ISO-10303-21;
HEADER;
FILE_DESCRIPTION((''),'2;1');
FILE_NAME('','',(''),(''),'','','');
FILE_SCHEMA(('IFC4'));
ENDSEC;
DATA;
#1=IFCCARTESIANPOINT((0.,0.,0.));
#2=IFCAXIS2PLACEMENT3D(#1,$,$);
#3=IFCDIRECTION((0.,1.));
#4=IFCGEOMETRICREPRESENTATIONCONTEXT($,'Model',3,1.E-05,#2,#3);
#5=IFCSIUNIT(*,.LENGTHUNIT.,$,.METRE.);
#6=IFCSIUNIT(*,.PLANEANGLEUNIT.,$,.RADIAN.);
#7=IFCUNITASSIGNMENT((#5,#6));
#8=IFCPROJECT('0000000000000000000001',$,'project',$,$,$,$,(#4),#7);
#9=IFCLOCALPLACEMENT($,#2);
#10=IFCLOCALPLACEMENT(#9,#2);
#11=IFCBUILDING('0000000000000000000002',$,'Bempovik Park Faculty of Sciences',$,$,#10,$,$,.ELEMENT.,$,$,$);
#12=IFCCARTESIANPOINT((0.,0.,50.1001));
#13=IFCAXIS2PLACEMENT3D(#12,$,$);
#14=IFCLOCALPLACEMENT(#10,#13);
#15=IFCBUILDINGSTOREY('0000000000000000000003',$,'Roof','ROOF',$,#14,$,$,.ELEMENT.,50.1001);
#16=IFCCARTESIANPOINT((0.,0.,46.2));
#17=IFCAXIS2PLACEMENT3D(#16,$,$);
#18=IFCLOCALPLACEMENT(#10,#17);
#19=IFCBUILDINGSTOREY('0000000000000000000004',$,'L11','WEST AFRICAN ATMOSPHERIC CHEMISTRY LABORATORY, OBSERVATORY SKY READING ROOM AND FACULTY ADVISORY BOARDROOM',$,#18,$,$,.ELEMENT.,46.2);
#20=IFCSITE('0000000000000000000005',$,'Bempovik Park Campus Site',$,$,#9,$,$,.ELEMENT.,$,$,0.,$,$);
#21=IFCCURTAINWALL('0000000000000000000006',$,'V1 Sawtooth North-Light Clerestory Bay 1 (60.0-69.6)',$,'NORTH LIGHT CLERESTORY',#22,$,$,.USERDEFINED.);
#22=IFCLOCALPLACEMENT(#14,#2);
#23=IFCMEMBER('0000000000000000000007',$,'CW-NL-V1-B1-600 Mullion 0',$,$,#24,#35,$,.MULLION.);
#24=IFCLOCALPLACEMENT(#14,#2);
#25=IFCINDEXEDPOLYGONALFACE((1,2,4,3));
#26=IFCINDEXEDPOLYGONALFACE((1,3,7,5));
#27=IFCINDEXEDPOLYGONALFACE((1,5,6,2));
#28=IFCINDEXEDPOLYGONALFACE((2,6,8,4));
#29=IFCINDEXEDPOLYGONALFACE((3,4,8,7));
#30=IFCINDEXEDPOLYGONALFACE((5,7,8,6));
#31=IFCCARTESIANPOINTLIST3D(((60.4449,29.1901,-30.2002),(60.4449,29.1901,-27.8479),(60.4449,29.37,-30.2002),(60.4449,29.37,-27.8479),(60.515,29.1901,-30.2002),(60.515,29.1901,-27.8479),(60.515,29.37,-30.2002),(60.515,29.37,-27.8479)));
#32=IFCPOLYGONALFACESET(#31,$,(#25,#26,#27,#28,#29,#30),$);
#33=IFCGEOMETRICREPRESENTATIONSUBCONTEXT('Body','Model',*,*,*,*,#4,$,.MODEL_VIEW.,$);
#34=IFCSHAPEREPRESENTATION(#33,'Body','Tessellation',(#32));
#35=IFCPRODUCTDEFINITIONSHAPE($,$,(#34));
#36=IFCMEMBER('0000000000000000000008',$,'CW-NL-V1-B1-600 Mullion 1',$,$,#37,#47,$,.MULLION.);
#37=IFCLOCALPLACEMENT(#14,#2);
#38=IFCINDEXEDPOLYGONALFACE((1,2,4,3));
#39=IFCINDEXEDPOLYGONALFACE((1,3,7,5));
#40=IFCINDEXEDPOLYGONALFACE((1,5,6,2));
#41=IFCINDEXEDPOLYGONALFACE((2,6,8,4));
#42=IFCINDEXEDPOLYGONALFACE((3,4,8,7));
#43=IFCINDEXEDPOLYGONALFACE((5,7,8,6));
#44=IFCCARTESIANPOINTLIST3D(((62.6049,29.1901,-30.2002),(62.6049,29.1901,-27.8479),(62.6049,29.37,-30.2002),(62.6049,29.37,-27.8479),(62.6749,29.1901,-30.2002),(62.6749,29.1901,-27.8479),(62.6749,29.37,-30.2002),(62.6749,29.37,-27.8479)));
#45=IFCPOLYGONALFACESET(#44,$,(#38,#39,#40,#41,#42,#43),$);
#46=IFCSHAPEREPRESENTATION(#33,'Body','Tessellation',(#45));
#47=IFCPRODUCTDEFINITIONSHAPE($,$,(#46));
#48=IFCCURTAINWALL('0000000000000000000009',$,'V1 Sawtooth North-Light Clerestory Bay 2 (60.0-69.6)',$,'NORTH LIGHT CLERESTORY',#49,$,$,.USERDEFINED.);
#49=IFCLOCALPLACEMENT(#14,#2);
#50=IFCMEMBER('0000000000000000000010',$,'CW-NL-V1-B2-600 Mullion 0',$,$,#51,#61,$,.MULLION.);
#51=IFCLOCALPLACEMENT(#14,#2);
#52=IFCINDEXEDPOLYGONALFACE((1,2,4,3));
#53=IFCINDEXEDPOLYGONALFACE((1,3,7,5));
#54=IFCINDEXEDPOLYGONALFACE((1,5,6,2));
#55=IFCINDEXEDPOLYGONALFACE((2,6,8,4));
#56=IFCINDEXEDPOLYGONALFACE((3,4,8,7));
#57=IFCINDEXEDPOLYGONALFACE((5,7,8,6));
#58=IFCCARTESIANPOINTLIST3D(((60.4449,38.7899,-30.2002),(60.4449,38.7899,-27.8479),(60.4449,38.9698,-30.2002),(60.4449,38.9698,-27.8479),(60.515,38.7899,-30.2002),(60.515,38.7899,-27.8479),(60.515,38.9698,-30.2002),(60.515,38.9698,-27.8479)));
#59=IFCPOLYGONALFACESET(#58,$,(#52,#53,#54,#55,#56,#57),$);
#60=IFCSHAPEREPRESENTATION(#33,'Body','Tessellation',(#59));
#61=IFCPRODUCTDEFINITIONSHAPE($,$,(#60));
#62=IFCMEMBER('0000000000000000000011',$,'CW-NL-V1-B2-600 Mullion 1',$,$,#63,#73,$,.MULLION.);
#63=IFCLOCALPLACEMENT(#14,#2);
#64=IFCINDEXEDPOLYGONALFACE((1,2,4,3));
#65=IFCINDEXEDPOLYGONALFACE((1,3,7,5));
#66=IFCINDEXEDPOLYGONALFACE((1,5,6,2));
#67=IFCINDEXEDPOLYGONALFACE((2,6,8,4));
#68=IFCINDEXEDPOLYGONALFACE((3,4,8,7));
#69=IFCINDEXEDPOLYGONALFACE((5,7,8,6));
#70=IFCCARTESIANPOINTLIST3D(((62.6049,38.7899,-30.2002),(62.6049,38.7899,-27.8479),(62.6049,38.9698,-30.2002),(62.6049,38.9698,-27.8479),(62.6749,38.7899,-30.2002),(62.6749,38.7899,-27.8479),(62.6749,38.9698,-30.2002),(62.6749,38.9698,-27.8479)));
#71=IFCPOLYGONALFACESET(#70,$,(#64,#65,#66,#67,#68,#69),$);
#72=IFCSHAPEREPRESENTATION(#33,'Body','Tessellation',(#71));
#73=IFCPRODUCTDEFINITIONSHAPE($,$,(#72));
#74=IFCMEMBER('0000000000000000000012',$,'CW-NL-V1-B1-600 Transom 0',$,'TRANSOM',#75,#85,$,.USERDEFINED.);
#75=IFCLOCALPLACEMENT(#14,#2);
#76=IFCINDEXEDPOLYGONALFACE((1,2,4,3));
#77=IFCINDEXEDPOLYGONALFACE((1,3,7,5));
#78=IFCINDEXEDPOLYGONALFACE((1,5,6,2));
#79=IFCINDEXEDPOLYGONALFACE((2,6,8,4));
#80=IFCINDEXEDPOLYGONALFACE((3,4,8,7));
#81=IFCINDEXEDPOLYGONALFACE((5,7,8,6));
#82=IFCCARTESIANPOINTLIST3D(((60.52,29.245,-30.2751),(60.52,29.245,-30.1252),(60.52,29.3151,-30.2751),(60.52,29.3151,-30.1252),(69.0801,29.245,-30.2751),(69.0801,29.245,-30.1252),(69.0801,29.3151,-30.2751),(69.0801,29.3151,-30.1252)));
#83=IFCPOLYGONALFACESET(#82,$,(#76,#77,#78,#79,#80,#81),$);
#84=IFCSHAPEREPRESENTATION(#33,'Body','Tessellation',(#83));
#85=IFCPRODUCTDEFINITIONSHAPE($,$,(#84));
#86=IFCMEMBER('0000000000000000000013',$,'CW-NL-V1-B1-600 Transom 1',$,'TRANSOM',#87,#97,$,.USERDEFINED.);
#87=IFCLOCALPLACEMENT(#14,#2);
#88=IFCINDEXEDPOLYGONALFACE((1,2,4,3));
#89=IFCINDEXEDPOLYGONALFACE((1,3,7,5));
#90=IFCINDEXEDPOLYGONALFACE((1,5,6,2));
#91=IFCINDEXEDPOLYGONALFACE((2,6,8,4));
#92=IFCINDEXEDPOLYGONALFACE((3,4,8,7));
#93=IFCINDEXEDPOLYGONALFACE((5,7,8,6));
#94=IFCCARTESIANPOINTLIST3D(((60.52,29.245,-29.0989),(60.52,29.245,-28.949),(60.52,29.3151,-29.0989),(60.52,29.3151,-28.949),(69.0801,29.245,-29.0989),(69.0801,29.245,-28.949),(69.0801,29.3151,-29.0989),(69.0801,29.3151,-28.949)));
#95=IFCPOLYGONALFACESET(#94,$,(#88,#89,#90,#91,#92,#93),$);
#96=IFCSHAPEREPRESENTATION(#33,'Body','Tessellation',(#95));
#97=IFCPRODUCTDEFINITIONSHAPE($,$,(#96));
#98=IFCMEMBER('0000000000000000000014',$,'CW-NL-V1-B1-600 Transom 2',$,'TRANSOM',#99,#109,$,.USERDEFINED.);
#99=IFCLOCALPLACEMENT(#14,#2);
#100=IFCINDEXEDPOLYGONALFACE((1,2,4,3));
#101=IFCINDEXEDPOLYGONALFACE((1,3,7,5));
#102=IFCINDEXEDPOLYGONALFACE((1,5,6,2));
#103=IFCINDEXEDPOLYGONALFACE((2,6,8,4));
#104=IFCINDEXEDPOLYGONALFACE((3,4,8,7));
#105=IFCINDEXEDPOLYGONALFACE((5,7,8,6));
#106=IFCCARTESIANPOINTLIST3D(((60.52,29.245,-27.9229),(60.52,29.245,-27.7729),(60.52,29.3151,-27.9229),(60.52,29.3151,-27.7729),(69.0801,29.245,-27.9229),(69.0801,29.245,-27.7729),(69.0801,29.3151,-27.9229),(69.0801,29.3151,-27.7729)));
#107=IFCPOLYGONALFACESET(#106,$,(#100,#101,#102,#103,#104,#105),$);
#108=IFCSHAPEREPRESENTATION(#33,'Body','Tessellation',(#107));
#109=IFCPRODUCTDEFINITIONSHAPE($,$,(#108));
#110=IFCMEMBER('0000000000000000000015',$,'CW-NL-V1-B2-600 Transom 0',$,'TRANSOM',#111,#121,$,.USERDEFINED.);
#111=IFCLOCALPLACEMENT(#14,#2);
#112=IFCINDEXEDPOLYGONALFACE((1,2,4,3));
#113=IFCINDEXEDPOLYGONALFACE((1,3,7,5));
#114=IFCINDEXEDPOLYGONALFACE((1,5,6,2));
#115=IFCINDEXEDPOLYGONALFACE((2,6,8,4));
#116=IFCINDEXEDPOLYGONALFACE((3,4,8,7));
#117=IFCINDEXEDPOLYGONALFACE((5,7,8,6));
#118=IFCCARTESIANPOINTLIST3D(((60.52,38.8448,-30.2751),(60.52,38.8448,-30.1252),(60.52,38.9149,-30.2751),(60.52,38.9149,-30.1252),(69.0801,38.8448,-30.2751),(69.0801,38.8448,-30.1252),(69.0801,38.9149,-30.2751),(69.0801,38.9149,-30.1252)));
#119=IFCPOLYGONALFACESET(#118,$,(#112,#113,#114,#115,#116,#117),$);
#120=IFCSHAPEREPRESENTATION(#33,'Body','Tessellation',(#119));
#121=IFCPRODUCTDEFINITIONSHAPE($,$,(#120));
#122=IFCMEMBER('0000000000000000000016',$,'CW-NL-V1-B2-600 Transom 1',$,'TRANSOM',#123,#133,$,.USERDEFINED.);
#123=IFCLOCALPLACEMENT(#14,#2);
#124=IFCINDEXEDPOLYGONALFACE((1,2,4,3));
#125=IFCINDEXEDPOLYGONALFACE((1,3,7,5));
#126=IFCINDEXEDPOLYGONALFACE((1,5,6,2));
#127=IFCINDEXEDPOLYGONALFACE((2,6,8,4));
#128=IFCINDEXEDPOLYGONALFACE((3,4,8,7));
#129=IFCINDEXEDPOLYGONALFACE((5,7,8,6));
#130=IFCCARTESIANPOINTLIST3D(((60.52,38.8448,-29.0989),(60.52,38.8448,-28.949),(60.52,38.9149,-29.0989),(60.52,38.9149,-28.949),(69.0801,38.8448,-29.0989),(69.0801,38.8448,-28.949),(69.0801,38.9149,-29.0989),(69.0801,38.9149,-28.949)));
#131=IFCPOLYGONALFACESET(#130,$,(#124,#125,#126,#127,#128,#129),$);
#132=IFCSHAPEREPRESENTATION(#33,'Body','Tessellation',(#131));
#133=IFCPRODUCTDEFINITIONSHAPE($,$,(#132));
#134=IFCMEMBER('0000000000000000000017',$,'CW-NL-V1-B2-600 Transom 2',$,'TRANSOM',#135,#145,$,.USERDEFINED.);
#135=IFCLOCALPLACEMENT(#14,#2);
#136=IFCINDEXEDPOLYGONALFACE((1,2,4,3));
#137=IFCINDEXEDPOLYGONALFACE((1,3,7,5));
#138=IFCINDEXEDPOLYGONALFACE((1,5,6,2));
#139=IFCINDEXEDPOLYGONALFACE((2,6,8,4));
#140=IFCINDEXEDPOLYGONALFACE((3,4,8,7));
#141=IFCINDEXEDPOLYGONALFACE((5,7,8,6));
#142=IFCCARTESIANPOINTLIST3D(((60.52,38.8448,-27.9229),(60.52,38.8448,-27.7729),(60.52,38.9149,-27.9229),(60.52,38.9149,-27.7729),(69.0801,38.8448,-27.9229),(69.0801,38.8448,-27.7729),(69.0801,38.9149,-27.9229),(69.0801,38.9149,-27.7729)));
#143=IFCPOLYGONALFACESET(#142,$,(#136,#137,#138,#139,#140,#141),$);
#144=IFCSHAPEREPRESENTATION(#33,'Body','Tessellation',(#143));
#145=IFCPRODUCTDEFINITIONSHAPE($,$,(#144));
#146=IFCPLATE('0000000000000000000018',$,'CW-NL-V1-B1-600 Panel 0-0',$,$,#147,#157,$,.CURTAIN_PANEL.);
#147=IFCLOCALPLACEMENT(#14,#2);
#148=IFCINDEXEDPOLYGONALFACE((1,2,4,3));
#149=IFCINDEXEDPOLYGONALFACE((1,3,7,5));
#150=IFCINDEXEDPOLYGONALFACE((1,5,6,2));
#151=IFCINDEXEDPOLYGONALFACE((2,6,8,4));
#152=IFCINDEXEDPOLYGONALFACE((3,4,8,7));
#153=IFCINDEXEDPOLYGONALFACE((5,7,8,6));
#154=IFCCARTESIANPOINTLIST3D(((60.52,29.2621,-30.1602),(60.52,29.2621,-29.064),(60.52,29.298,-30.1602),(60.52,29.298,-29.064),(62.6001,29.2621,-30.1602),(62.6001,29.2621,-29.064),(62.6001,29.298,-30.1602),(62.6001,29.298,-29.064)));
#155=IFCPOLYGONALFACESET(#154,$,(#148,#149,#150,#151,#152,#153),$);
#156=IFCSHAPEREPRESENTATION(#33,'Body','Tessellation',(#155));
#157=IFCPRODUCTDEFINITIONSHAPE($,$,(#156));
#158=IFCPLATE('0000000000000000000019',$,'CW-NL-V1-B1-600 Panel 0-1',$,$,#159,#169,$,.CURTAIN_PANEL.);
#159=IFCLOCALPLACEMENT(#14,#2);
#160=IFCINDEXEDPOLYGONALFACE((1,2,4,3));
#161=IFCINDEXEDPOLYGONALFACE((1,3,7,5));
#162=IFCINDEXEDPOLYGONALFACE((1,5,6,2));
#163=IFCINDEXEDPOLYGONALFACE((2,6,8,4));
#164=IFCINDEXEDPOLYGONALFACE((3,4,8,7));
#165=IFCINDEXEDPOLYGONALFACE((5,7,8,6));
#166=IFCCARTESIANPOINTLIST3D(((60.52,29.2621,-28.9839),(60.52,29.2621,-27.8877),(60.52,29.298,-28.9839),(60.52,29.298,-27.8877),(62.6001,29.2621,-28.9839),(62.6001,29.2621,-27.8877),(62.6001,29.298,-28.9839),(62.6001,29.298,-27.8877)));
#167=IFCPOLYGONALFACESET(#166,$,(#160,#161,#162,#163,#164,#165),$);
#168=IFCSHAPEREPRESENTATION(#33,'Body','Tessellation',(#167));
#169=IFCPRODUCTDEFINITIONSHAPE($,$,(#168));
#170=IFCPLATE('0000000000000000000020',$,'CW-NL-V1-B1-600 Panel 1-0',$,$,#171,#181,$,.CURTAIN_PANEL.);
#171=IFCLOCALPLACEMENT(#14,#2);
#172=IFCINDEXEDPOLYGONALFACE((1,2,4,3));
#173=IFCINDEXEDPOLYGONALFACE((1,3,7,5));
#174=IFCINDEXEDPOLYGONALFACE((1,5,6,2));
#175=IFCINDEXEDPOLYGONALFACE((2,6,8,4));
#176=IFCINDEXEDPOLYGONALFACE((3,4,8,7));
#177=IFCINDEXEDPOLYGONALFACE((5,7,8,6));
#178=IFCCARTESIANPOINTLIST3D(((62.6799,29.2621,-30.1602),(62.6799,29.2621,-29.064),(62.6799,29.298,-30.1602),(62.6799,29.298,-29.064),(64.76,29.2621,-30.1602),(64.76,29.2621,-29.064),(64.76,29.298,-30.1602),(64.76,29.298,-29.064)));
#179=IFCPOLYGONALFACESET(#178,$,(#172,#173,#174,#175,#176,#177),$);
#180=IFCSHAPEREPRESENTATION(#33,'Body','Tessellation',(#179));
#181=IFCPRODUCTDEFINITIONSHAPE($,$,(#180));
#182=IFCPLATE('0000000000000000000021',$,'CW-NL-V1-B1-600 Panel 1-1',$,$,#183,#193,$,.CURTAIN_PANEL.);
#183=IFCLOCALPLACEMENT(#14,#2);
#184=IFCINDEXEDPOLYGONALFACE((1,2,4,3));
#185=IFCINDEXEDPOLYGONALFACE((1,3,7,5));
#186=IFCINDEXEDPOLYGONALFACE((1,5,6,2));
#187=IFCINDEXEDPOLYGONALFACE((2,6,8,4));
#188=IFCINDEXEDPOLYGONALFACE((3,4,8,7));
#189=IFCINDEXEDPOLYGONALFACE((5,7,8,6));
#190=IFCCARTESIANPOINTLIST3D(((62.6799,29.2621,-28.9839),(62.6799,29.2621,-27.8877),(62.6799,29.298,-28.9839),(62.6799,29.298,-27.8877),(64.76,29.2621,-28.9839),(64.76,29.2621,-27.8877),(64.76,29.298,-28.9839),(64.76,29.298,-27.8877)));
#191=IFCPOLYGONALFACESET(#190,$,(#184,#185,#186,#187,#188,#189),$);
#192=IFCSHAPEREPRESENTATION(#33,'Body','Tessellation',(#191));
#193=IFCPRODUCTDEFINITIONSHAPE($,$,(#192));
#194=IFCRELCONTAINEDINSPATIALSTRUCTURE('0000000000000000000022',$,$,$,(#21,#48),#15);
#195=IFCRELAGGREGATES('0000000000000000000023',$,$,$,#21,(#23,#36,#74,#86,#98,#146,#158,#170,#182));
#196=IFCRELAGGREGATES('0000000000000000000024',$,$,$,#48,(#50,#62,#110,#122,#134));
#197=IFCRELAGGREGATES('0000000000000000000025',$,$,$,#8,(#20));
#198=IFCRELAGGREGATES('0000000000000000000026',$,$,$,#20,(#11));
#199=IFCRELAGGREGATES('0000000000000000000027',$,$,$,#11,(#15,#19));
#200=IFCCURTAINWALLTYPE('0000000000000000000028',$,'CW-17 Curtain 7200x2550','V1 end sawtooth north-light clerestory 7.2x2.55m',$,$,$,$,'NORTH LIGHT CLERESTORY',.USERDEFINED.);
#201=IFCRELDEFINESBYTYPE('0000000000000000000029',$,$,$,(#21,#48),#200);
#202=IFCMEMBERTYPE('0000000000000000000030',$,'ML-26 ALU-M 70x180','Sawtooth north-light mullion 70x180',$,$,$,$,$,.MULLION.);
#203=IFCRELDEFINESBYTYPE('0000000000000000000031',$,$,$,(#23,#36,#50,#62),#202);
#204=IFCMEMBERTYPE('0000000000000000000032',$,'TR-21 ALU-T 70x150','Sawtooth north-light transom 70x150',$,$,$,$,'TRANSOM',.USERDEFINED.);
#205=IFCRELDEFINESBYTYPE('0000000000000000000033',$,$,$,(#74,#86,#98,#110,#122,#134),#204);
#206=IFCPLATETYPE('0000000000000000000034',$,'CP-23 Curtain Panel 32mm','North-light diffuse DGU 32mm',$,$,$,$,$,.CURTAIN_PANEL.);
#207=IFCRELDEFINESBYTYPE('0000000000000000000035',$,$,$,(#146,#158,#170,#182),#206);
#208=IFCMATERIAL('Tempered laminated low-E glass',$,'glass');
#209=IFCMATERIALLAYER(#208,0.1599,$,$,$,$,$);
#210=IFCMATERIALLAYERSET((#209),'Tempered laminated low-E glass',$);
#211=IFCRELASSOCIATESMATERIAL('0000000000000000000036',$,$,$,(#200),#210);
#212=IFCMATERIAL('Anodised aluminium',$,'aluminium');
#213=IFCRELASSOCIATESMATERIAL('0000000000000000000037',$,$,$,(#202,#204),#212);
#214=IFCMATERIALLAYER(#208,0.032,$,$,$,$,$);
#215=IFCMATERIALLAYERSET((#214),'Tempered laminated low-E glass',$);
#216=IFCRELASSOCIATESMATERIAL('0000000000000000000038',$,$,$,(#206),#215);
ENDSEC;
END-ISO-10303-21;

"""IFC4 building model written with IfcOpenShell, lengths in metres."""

from ifc_helpers import new_model, si_unit, direction, frame, origin, origin_2d, place, context, subcontext, project, spatial, rectangle, extrude, material, layer, layer_set, material_profile, profile_set, type_object, element, aggregate, save


model = new_model("IFC4")

# Units and contexts
model_context = context("Model", 3, precision=1e-05, world=origin(), true_north=direction((0.0, 1.0)))
body_context = subcontext(model_context, "Body", "Model", "MODEL_VIEW")
ifc_project = project(units=[si_unit("LENGTHUNIT", "METRE"), si_unit("PLANEANGLEUNIT", "RADIAN")], contexts=[model_context])

# Site, building, storey
site_placement = place(None, origin())
site = spatial("IfcSite", under=ifc_project, at=site_placement, Name="Bempovik Park Campus Site", CompositionType="ELEMENT", RefElevation=0.0)
building_placement = place(site_placement, origin())
building = spatial("IfcBuilding", under=site, at=building_placement, Name="Bempovik Park Faculty of Sciences", CompositionType="ELEMENT")
storey_1_placement = place(building_placement, frame((0.0, 0.0, 50.1001)))
storey_1 = spatial("IfcBuildingStorey", under=building, at=storey_1_placement, Name="Roof", Description="ROOF", CompositionType="ELEMENT", Elevation=50.1001)

# Curtain walls, members
ifc_material_1 = material(Name="Tempered laminated low-E glass", Category="glass")
ifc_layer_1 = layer(ifc_material_1, 0.1599)
ifc_layer_set_1 = layer_set([ifc_layer_1], Name="Tempered laminated low-E glass")
curtain_wall_type = type_object("IfcCurtainWallType", Name="CW-17 Curtain 7200x2550", Description="V1 end sawtooth north-light clerestory 7.2x2.55m", ElementType="NORTH LIGHT CLERESTORY", PredefinedType="USERDEFINED", material=ifc_layer_set_1)
curtain_wall_1_placement = place(storey_1_placement, origin())
curtain_wall_1 = element("IfcCurtainWall", 1, at=curtain_wall_1_placement, inside=storey_1, type_object=curtain_wall_type, Name="V1 Sawtooth North-Light Clerestory Bay 1 (60.0-69.6)", ObjectType="NORTH LIGHT CLERESTORY", PredefinedType="USERDEFINED")
ifc_material_2 = material(Name="Anodised aluminium", Category="aluminium")
ifc_material_profile_1 = material_profile(ifc_material_2, rectangle(XDim=0.0701, YDim=0.1799, at=origin_2d()), Name="ALU-M 70x180")
ifc_profile_set_1 = profile_set([ifc_material_profile_1], Name="Anodised aluminium")
member_type_1 = type_object("IfcMemberType", Name="ML-26 ALU-M 70x180", Description="Sawtooth north-light mullion 70x180", PredefinedType="MULLION", material=ifc_profile_set_1)
member_1_placement = place(storey_1_placement, frame((60.48, 29.28, -30.2002), z_axis=(0.0, 0.0, 1.0), x_axis=(1.0, 0.0, 0.0)))
member_1 = element("IfcMember", 2, at=member_1_placement, type_object=member_type_1, Name="CW-NL-V1-B1-600 Mullion 0", PredefinedType="MULLION", context=body_context, shape_type="SweptSolid", body=[
    extrude(rectangle(XDim=0.0701, YDim=0.1799, at=origin_2d()), origin(), (0.0, 0.0, 1.0), 2.3523),
])
member_2_placement = place(storey_1_placement, frame((62.6399, 29.28, -30.2002), z_axis=(0.0, 0.0, 1.0), x_axis=(1.0, 0.0, 0.0)))
member_2 = element("IfcMember", 3, at=member_2_placement, type_object=member_type_1, Name="CW-NL-V1-B1-600 Mullion 1", PredefinedType="MULLION", context=body_context, shape_type="SweptSolid", body=[
    extrude(rectangle(XDim=0.0701, YDim=0.1799, at=origin_2d()), origin(), (0.0, 0.0, 1.0), 2.3523),
])
curtain_wall_2_placement = place(storey_1_placement, origin())
curtain_wall_2 = element("IfcCurtainWall", 4, at=curtain_wall_2_placement, inside=storey_1, type_object=curtain_wall_type, Name="V1 Sawtooth North-Light Clerestory Bay 2 (60.0-69.6)", ObjectType="NORTH LIGHT CLERESTORY", PredefinedType="USERDEFINED")
member_3_placement = place(storey_1_placement, frame((60.48, 38.8799, -30.2002), z_axis=(0.0, 0.0, 1.0), x_axis=(1.0, 0.0, 0.0)))
member_3 = element("IfcMember", 5, at=member_3_placement, type_object=member_type_1, Name="CW-NL-V1-B2-600 Mullion 0", PredefinedType="MULLION", context=body_context, shape_type="SweptSolid", body=[
    extrude(rectangle(XDim=0.0701, YDim=0.1799, at=origin_2d()), origin(), (0.0, 0.0, 1.0), 2.3523),
])
member_4_placement = place(storey_1_placement, frame((62.6399, 38.8799, -30.2002), z_axis=(0.0, 0.0, 1.0), x_axis=(1.0, 0.0, 0.0)))
member_4 = element("IfcMember", 6, at=member_4_placement, type_object=member_type_1, Name="CW-NL-V1-B2-600 Mullion 1", PredefinedType="MULLION", context=body_context, shape_type="SweptSolid", body=[
    extrude(rectangle(XDim=0.0701, YDim=0.1799, at=origin_2d()), origin(), (0.0, 0.0, 1.0), 2.3523),
])

# Members
ifc_material_profile_2 = material_profile(ifc_material_2, rectangle(XDim=0.0701, YDim=0.1499, at=origin_2d()), Name="ALU-T 70x150")
ifc_profile_set_2 = profile_set([ifc_material_profile_2], Name="Anodised aluminium")
member_type_2 = type_object("IfcMemberType", Name="TR-21 ALU-T 70x150", Description="Sawtooth north-light transom 70x150", ElementType="TRANSOM", PredefinedType="USERDEFINED", material=ifc_profile_set_2)
member_5_placement = place(storey_1_placement, frame((60.52, 29.28, -30.2002), z_axis=(1.0, 0.0, 0.0), x_axis=(0.0, 1.0, 0.0)))
member_5 = element("IfcMember", 7, at=member_5_placement, type_object=member_type_2, Name="CW-NL-V1-B1-600 Transom 0", ObjectType="TRANSOM", PredefinedType="USERDEFINED", context=body_context, shape_type="SweptSolid", body=[
    extrude(rectangle(XDim=0.0701, YDim=0.1499, at=origin_2d()), origin(), (0.0, 0.0, 1.0), 8.5601),
])
member_6_placement = place(storey_1_placement, frame((60.52, 29.28, -29.0239), z_axis=(1.0, 0.0, 0.0), x_axis=(0.0, 1.0, 0.0)))
member_6 = element("IfcMember", 8, at=member_6_placement, type_object=member_type_2, Name="CW-NL-V1-B1-600 Transom 1", ObjectType="TRANSOM", PredefinedType="USERDEFINED", context=body_context, shape_type="SweptSolid", body=[
    extrude(rectangle(XDim=0.0701, YDim=0.1499, at=origin_2d()), origin(), (0.0, 0.0, 1.0), 8.5601),
])
member_7_placement = place(storey_1_placement, frame((60.52, 29.28, -27.8479), z_axis=(1.0, 0.0, 0.0), x_axis=(0.0, 1.0, 0.0)))
member_7 = element("IfcMember", 9, at=member_7_placement, type_object=member_type_2, Name="CW-NL-V1-B1-600 Transom 2", ObjectType="TRANSOM", PredefinedType="USERDEFINED", context=body_context, shape_type="SweptSolid", body=[
    extrude(rectangle(XDim=0.0701, YDim=0.1499, at=origin_2d()), origin(), (0.0, 0.0, 1.0), 8.5601),
])
member_8_placement = place(storey_1_placement, frame((60.52, 38.8799, -30.2002), z_axis=(1.0, 0.0, 0.0), x_axis=(0.0, 1.0, 0.0)))
member_8 = element("IfcMember", 10, at=member_8_placement, type_object=member_type_2, Name="CW-NL-V1-B2-600 Transom 0", ObjectType="TRANSOM", PredefinedType="USERDEFINED", context=body_context, shape_type="SweptSolid", body=[
    extrude(rectangle(XDim=0.0701, YDim=0.1499, at=origin_2d()), origin(), (0.0, 0.0, 1.0), 8.5601),
])
member_9_placement = place(storey_1_placement, frame((60.52, 38.8799, -29.0239), z_axis=(1.0, 0.0, 0.0), x_axis=(0.0, 1.0, 0.0)))
member_9 = element("IfcMember", 11, at=member_9_placement, type_object=member_type_2, Name="CW-NL-V1-B2-600 Transom 1", ObjectType="TRANSOM", PredefinedType="USERDEFINED", context=body_context, shape_type="SweptSolid", body=[
    extrude(rectangle(XDim=0.0701, YDim=0.1499, at=origin_2d()), origin(), (0.0, 0.0, 1.0), 8.5601),
])
member_10_placement = place(storey_1_placement, frame((60.52, 38.8799, -27.8479), z_axis=(1.0, 0.0, 0.0), x_axis=(0.0, 1.0, 0.0)))
member_10 = element("IfcMember", 12, at=member_10_placement, type_object=member_type_2, Name="CW-NL-V1-B2-600 Transom 2", ObjectType="TRANSOM", PredefinedType="USERDEFINED", context=body_context, shape_type="SweptSolid", body=[
    extrude(rectangle(XDim=0.0701, YDim=0.1499, at=origin_2d()), origin(), (0.0, 0.0, 1.0), 8.5601),
])

# Plates
ifc_layer_2 = layer(ifc_material_1, 0.032)
ifc_layer_set_2 = layer_set([ifc_layer_2], Name="Tempered laminated low-E glass")
plate_type = type_object("IfcPlateType", Name="CP-23 Curtain Panel 32mm", Description="North-light diffuse DGU 32mm", PredefinedType="CURTAIN_PANEL", material=ifc_layer_set_2)
plate_1_placement = place(storey_1_placement, frame((61.5601, 29.28, -30.1602), z_axis=(0.0, 0.0, 1.0), x_axis=(1.0, 0.0, 0.0)))
plate_1 = element("IfcPlate", 13, at=plate_1_placement, type_object=plate_type, Name="CW-NL-V1-B1-600 Panel 0-0", PredefinedType="CURTAIN_PANEL", context=body_context, shape_type="SweptSolid", body=[
    extrude(rectangle(XDim=2.0801, YDim=0.0359, at=origin_2d()), origin(), (0.0, 0.0, 1.0), 1.0962),
])
plate_2_placement = place(storey_1_placement, frame((61.5601, 29.28, -28.9839), z_axis=(0.0, 0.0, 1.0), x_axis=(1.0, 0.0, 0.0)))
plate_2 = element("IfcPlate", 14, at=plate_2_placement, type_object=plate_type, Name="CW-NL-V1-B1-600 Panel 0-1", PredefinedType="CURTAIN_PANEL", context=body_context, shape_type="SweptSolid", body=[
    extrude(rectangle(XDim=2.0801, YDim=0.0359, at=origin_2d()), origin(), (0.0, 0.0, 1.0), 1.0962),
])
plate_3_placement = place(storey_1_placement, frame((63.72, 29.28, -30.1602), z_axis=(0.0, 0.0, 1.0), x_axis=(1.0, 0.0, 0.0)))
plate_3 = element("IfcPlate", 15, at=plate_3_placement, type_object=plate_type, Name="CW-NL-V1-B1-600 Panel 1-0", PredefinedType="CURTAIN_PANEL", context=body_context, shape_type="SweptSolid", body=[
    extrude(rectangle(XDim=2.0801, YDim=0.0359, at=origin_2d()), origin(), (0.0, 0.0, 1.0), 1.0962),
])
plate_4_placement = place(storey_1_placement, frame((63.72, 29.28, -28.9839), z_axis=(0.0, 0.0, 1.0), x_axis=(1.0, 0.0, 0.0)))
plate_4 = element("IfcPlate", 16, at=plate_4_placement, type_object=plate_type, Name="CW-NL-V1-B1-600 Panel 1-1", PredefinedType="CURTAIN_PANEL", context=body_context, shape_type="SweptSolid", body=[
    extrude(rectangle(XDim=2.0801, YDim=0.0359, at=origin_2d()), origin(), (0.0, 0.0, 1.0), 1.0962),
])
aggregate(curtain_wall_1, [member_1, member_2, member_5, member_6, member_7, plate_1, plate_2, plate_3, plate_4])
aggregate(curtain_wall_2, [member_3, member_4, member_8, member_9, member_10])

# Shared definitions
storey_2_placement = place(building_placement, frame((0.0, 0.0, 46.2)))
storey_2 = spatial("IfcBuildingStorey", under=building, at=storey_2_placement, Name="L11", Description="WEST AFRICAN ATMOSPHERIC CHEMISTRY LABORATORY, OBSERVATORY SKY READING ROOM AND FACULTY ADVISORY BOARDROOM", CompositionType="ELEMENT", Elevation=46.2)

save(model, "model.ifc")
